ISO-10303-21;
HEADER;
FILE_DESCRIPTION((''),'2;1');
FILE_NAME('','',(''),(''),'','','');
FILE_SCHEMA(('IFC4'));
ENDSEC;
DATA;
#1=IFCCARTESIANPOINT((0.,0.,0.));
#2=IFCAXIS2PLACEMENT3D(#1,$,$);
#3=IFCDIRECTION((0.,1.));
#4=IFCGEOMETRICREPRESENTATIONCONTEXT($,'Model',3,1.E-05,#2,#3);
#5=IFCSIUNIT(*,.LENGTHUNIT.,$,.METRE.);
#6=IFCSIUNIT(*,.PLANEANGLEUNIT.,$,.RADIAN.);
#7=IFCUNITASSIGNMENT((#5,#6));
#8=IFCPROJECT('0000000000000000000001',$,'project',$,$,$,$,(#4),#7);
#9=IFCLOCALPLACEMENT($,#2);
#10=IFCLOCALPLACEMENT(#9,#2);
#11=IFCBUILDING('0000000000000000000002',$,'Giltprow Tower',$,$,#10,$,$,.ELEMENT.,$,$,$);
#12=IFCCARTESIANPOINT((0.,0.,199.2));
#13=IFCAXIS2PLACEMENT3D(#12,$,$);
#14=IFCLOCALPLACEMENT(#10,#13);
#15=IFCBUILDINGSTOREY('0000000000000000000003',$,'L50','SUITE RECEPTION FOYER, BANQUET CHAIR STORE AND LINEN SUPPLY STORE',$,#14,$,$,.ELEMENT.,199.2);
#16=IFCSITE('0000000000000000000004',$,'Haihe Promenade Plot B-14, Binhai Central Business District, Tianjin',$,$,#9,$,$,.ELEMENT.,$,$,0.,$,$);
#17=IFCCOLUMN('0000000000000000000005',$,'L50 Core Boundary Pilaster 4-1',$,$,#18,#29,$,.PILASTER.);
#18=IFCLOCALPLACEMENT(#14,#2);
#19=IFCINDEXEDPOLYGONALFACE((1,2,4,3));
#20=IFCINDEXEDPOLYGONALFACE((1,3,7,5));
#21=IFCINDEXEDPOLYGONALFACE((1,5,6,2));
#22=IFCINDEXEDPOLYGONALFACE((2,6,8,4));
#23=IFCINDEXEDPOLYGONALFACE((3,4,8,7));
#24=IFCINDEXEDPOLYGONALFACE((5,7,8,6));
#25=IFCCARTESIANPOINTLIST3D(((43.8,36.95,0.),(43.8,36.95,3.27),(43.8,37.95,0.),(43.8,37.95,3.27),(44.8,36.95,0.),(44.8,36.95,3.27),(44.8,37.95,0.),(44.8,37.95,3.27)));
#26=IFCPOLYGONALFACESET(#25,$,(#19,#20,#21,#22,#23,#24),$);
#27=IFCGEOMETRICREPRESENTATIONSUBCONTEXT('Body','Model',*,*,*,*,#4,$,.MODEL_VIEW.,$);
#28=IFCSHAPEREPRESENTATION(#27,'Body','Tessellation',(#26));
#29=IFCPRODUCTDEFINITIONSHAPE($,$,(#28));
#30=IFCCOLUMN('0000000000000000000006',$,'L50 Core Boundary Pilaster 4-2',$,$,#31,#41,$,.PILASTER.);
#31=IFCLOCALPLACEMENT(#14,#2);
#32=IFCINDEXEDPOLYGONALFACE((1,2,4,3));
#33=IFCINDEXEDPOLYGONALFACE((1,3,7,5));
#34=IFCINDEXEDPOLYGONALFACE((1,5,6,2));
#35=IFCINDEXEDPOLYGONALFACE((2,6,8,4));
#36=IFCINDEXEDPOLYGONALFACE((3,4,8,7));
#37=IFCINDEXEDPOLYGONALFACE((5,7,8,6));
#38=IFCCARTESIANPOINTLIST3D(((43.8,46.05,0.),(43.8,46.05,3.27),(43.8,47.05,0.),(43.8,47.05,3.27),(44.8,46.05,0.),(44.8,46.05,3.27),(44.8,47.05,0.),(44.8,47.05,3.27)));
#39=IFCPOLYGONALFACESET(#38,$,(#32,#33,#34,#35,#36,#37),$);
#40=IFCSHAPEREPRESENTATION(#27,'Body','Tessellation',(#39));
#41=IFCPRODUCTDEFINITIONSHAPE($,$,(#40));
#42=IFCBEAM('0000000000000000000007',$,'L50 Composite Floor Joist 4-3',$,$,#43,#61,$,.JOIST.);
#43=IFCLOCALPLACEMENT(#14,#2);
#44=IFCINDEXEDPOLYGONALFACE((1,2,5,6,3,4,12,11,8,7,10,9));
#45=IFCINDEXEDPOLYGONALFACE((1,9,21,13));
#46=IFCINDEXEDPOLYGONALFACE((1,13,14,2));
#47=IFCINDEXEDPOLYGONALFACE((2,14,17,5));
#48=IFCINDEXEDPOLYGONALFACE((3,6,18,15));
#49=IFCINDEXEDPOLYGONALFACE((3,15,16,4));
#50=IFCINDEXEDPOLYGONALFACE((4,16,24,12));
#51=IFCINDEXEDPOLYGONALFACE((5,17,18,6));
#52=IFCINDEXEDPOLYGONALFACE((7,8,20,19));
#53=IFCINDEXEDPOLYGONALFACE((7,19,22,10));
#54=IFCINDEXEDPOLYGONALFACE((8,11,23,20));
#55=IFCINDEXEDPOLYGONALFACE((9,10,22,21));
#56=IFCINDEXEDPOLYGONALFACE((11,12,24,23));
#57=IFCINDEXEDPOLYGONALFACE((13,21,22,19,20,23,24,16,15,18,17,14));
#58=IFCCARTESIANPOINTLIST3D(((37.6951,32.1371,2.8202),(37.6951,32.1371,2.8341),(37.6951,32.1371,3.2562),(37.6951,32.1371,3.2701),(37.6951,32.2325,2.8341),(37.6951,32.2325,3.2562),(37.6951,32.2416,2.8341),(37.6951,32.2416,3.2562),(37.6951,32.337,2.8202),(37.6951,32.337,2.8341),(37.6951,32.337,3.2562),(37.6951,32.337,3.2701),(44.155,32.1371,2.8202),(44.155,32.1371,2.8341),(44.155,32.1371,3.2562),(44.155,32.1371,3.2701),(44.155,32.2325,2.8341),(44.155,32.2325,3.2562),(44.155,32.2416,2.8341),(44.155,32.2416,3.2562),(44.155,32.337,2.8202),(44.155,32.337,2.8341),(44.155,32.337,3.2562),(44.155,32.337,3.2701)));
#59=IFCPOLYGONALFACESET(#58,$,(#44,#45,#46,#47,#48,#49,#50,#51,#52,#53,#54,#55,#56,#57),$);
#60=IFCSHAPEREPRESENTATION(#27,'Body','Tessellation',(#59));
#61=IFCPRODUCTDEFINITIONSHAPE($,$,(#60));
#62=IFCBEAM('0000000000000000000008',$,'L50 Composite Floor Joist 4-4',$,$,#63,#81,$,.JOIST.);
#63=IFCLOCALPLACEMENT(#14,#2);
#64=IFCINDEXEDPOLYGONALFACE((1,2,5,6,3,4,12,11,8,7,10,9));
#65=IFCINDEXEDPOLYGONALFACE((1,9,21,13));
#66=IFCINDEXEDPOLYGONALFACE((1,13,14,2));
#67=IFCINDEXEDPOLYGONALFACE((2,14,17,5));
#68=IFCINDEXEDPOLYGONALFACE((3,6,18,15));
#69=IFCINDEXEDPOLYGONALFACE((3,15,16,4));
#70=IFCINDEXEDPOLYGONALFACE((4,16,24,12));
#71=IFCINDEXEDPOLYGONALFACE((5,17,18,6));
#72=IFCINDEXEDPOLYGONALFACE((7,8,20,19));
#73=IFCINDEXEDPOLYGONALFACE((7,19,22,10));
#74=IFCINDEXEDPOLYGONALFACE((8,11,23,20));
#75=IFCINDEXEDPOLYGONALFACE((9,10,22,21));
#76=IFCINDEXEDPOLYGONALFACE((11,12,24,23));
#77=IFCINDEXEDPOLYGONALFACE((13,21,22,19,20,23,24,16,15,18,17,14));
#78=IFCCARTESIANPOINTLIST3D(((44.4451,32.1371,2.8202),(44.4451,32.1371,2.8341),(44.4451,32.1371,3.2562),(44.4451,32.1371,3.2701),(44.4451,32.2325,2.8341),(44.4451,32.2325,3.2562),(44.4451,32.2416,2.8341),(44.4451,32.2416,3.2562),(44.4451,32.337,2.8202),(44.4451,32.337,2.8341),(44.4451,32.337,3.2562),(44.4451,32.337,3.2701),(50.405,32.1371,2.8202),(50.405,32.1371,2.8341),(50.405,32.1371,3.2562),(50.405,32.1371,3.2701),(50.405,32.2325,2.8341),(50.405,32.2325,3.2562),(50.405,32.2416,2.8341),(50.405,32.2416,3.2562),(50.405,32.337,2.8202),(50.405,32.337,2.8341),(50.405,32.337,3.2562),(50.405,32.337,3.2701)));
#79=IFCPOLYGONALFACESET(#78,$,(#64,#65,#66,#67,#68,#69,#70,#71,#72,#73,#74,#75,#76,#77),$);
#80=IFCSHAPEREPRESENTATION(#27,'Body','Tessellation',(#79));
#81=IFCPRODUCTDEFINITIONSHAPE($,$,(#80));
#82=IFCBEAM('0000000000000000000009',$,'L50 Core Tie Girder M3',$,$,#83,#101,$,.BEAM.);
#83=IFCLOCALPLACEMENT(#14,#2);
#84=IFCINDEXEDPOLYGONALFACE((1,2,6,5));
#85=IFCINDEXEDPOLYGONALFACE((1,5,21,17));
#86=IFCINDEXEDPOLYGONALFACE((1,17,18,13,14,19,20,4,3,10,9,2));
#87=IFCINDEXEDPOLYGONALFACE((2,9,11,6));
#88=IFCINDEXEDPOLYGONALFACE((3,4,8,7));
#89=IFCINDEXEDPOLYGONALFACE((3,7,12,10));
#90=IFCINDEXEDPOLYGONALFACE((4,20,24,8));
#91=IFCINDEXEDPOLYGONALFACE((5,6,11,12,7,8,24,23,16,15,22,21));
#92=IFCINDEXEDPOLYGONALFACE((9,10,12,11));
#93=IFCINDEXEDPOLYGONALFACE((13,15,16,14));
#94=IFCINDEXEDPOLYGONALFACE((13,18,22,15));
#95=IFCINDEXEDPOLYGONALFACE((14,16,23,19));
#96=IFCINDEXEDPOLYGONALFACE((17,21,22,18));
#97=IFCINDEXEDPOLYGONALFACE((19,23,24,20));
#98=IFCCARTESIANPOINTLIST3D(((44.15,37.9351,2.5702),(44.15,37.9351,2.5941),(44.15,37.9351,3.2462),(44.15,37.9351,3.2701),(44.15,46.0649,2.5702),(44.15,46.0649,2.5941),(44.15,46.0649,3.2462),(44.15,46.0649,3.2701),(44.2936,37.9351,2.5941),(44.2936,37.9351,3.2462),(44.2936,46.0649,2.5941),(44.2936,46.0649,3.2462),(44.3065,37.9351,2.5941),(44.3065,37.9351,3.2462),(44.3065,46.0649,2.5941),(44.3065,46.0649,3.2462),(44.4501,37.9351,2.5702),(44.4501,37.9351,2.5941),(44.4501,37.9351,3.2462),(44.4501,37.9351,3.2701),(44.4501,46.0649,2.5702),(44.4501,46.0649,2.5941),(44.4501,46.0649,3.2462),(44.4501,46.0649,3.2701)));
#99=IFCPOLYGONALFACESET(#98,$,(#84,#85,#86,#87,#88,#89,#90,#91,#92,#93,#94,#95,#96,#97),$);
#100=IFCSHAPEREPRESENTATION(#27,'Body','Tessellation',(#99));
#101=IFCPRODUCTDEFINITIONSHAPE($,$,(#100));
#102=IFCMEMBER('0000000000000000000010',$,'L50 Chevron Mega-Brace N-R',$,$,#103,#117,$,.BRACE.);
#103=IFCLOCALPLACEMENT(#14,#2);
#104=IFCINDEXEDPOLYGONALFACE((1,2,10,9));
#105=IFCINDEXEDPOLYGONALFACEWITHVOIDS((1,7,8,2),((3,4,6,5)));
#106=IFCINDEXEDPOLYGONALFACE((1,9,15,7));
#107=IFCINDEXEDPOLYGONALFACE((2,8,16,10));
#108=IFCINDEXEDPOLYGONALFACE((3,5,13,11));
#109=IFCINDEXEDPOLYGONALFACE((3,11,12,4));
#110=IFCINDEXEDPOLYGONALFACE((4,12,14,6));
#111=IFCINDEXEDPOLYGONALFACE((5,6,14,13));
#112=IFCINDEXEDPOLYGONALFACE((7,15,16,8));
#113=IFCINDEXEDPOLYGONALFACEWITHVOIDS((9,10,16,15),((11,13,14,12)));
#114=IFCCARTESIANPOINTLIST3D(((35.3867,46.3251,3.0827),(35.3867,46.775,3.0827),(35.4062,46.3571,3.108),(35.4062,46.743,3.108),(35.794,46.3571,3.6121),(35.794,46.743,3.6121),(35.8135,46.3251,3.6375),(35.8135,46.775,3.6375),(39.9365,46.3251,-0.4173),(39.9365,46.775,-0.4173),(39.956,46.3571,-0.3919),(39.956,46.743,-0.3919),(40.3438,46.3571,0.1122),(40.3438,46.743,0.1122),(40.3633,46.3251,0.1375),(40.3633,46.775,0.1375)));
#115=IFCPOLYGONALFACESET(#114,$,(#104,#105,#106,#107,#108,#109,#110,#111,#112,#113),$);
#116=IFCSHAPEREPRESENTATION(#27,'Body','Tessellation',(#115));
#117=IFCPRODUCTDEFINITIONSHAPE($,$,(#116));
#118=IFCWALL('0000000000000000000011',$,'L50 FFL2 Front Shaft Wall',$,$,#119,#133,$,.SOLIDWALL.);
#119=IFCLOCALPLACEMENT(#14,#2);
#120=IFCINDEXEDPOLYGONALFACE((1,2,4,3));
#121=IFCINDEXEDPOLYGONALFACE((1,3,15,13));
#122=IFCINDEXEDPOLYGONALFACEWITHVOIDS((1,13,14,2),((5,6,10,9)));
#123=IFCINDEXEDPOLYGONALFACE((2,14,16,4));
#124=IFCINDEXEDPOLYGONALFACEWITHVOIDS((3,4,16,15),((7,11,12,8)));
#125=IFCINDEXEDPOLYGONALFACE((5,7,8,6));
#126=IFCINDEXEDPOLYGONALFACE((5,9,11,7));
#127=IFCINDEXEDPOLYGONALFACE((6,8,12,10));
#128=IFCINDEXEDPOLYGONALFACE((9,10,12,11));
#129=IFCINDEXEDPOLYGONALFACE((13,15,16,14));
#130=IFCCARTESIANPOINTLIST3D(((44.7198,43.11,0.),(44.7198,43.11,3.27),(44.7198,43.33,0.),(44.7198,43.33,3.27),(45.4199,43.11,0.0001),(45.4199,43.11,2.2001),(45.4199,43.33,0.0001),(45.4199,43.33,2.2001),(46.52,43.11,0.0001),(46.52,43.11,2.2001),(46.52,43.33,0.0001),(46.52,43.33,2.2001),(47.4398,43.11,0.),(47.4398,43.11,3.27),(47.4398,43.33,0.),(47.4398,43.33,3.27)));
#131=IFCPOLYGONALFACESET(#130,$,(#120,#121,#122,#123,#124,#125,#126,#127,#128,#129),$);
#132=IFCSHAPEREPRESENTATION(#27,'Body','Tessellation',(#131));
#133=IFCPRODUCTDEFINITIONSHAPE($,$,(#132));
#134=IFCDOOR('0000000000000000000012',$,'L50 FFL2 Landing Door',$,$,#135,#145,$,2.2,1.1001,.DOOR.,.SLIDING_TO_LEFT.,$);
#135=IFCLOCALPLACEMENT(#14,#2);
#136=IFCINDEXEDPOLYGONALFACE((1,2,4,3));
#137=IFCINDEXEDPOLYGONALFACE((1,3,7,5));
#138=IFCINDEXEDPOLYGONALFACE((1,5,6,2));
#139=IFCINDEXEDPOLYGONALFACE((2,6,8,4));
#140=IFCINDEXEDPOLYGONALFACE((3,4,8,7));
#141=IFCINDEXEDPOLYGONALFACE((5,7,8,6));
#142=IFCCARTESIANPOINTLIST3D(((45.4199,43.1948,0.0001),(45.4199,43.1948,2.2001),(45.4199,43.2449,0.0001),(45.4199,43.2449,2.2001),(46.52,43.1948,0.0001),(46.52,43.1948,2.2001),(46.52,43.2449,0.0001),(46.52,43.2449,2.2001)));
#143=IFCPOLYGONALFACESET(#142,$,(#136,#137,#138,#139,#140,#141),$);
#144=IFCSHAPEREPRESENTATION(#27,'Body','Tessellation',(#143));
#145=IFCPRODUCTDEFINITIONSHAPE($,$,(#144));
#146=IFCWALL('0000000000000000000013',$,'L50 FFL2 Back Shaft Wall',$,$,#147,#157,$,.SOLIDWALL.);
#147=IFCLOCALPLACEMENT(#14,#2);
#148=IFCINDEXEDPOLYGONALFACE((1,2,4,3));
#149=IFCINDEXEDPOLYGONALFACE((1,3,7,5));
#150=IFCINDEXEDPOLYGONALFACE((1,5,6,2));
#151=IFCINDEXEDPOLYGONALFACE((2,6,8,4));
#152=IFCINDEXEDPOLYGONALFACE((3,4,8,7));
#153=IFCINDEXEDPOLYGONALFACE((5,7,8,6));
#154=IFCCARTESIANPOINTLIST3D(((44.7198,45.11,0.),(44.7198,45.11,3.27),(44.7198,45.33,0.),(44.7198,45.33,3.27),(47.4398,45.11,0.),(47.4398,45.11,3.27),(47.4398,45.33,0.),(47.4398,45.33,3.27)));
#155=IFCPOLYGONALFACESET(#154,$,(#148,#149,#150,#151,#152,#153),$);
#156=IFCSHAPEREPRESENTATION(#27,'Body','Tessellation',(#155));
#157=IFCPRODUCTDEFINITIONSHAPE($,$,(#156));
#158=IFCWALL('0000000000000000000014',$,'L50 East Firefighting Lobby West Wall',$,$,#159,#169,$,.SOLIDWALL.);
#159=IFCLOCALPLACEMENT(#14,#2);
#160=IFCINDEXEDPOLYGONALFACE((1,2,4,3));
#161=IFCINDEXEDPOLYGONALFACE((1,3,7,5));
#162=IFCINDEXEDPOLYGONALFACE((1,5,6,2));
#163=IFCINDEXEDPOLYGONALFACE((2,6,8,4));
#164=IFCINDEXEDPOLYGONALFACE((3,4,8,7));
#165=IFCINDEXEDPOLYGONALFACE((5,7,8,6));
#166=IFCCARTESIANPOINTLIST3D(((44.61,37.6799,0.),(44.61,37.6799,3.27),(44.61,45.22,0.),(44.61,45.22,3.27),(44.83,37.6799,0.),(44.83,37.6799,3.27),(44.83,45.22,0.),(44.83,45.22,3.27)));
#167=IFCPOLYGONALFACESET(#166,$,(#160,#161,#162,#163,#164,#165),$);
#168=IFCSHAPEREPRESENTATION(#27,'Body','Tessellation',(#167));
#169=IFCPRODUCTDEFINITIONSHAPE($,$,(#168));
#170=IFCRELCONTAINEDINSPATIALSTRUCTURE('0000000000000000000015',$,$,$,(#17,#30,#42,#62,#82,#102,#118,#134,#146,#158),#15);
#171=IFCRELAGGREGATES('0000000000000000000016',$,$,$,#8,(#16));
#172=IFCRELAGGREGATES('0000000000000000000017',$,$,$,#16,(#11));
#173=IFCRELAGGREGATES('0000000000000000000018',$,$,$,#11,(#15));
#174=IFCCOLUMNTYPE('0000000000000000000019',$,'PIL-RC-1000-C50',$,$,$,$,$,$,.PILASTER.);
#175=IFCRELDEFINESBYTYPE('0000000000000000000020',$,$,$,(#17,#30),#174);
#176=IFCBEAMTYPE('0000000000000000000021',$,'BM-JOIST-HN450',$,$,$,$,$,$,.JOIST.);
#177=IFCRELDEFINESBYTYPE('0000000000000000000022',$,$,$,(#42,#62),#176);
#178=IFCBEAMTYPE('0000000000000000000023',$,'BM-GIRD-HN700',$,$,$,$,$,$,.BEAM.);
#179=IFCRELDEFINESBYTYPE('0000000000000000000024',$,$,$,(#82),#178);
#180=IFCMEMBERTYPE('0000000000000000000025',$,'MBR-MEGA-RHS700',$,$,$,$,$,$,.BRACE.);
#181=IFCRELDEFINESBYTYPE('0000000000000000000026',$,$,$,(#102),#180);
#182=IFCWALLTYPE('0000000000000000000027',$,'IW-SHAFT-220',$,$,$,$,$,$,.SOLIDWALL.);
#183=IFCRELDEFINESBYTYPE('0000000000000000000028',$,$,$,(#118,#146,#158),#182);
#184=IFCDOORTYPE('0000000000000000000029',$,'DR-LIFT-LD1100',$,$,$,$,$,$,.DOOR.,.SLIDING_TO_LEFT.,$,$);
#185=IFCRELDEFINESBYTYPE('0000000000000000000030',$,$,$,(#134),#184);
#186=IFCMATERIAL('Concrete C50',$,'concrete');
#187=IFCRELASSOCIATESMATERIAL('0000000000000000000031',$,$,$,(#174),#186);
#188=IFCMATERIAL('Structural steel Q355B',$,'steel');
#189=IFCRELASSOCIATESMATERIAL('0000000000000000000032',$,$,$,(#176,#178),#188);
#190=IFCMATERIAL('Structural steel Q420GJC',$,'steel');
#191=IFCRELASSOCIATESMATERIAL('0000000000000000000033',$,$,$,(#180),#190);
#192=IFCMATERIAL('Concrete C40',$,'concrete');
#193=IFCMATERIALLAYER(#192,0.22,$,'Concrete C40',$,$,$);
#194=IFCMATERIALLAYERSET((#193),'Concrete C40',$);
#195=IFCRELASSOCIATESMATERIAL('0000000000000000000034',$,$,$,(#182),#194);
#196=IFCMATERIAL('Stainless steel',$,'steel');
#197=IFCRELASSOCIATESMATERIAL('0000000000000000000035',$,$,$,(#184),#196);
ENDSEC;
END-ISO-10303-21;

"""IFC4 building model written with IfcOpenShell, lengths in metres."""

from ifc_helpers import new_model, si_unit, direction, frame, frame_2d, origin, origin_2d, place, context, subcontext, project, spatial, rectangle, hollow_rectangle, i_section, extrude, source, transform, mapped, material, layer, layer_set, material_profile, profile_set, type_object, element, fill, save


model = new_model("IFC4")

# Units and contexts
model_context = context("Model", 3, precision=1e-05, world=origin(), true_north=direction((0.0, 1.0)))
body_context = subcontext(model_context, "Body", "Model", "MODEL_VIEW")
ifc_project = project(units=[si_unit("LENGTHUNIT", "METRE"), si_unit("PLANEANGLEUNIT", "RADIAN")], contexts=[model_context])

# Site, building, storey
site_placement = place(None, origin())
site = spatial("IfcSite", under=ifc_project, at=site_placement, Name="Haihe Promenade Plot B-14, Binhai Central Business District, Tianjin", CompositionType="ELEMENT", RefElevation=0.0)
building_placement = place(site_placement, origin())
building = spatial("IfcBuilding", under=site, at=building_placement, Name="Giltprow Tower", CompositionType="ELEMENT")
storey_placement = place(building_placement, frame((0.0, 0.0, 199.2)))
storey = spatial("IfcBuildingStorey", under=building, at=storey_placement, Name="L50", Description="SUITE RECEPTION FOYER, BANQUET CHAIR STORE AND LINEN SUPPLY STORE", CompositionType="ELEMENT", Elevation=199.2)

# Columns
ifc_material_1 = material(Name="Concrete C50", Category="concrete")
ifc_material_profile_1 = material_profile(ifc_material_1, rectangle(XDim=1.0, YDim=1.0, at=origin_2d()), Name="RC 1000x1000")
ifc_profile_set_1 = profile_set([ifc_material_profile_1], Name="Concrete C50")
column_type = type_object("IfcColumnType", Name="PIL-RC-1000-C50", PredefinedType="PILASTER", material=ifc_profile_set_1)
shared_shape_1 = source(origin(), body_context, "Body", "SweptSolid", [
    extrude(rectangle(XDim=1.0, YDim=1.0, at=origin_2d()), origin(), (0.0, 0.0, 1.0), 3.27),
])
for number, where, z_axis, x_axis, name in (
    (1, (44.3, 37.45, 0.0), (0.0, 0.0, 1.0), (1.0, 0.0, 0.0), "L50 Core Boundary Pilaster 4-1"),
    (2, (44.3, 46.55, 0.0), (0.0, 0.0, 1.0), (1.0, 0.0, 0.0), "L50 Core Boundary Pilaster 4-2"),
):
    element("IfcColumn", number, at=place(storey_placement, frame(where, z_axis=z_axis, x_axis=x_axis)), inside=storey, type_object=column_type, Name=name, PredefinedType="PILASTER", context=body_context, shape_type="MappedRepresentation", body=[
        mapped(shared_shape_1, transform((0.0, 0.0, 0.0), x_axis=(1.0, 0.0, 0.0), y_axis=(0.0, 1.0, 0.0), z_axis=(0.0, 0.0, 1.0), scale=1.0)),
    ])

# Beams
ifc_material_2 = material(Name="Structural steel Q355B", Category="steel")
ifc_material_profile_2 = material_profile(ifc_material_2, i_section(OverallWidth=0.2, OverallDepth=0.45, WebThickness=0.009, FlangeThickness=0.0139, at=origin_2d()), Name="HN 450x200x9x14")
ifc_profile_set_2 = profile_set([ifc_material_profile_2], Name="Structural steel Q355B")
beam_type_1 = type_object("IfcBeamType", Name="BM-JOIST-HN450", PredefinedType="JOIST", material=ifc_profile_set_2)
shared_shape_2 = source(origin(), body_context, "Body", "SweptSolid", [
    extrude(i_section(OverallWidth=0.2, OverallDepth=0.45, WebThickness=0.009, FlangeThickness=0.0139, at=origin_2d()), origin(), (0.0, 0.0, 1.0), 6.46),
])
beam_1_placement = place(storey_placement, frame((37.6951, 32.2371, 3.0452), z_axis=(1.0, 0.0, 0.0), x_axis=(0.0, 1.0, 0.0)))
element("IfcBeam", 3, at=beam_1_placement, inside=storey, type_object=beam_type_1, Name="L50 Composite Floor Joist 4-3", PredefinedType="JOIST", context=body_context, shape_type="MappedRepresentation", body=[
    mapped(shared_shape_2, transform((0.0, 0.0, 0.0), x_axis=(1.0, 0.0, 0.0), y_axis=(0.0, 1.0, 0.0), z_axis=(0.0, 0.0, 1.0), scale=1.0)),
])
shared_shape_3 = source(origin(), body_context, "Body", "SweptSolid", [
    extrude(i_section(OverallWidth=0.2, OverallDepth=0.45, WebThickness=0.009, FlangeThickness=0.0139, at=origin_2d()), origin(), (0.0, 0.0, 1.0), 5.96),
])
beam_2_placement = place(storey_placement, frame((44.4451, 32.2371, 3.0452), z_axis=(1.0, 0.0, 0.0), x_axis=(0.0, 1.0, 0.0)))
element("IfcBeam", 4, at=beam_2_placement, inside=storey, type_object=beam_type_1, Name="L50 Composite Floor Joist 4-4", PredefinedType="JOIST", context=body_context, shape_type="MappedRepresentation", body=[
    mapped(shared_shape_3, transform((0.0, 0.0, 0.0), x_axis=(1.0, 0.0, 0.0), y_axis=(0.0, 1.0, 0.0), z_axis=(0.0, 0.0, 1.0), scale=1.0)),
])
ifc_material_profile_3 = material_profile(ifc_material_2, i_section(OverallWidth=0.3, OverallDepth=0.7, WebThickness=0.0129, FlangeThickness=0.0239, at=origin_2d()), Name="HN 700x300x13x24")
ifc_profile_set_3 = profile_set([ifc_material_profile_3], Name="Structural steel Q355B")
beam_type_2 = type_object("IfcBeamType", Name="BM-GIRD-HN700", PredefinedType="BEAM", material=ifc_profile_set_3)
shared_shape_4 = source(origin(), body_context, "Body", "SweptSolid", [
    extrude(i_section(OverallWidth=0.3, OverallDepth=0.7, WebThickness=0.0129, FlangeThickness=0.0239, at=origin_2d()), origin(), (0.0, 0.0, 1.0), 8.1299),
])
beam_3_placement = place(storey_placement, frame((44.3, 37.9351, 2.9202), z_axis=(0.0, 1.0, 0.0), x_axis=(-1.0, 0.0, 0.0)))
element("IfcBeam", 5, at=beam_3_placement, inside=storey, type_object=beam_type_2, Name="L50 Core Tie Girder M3", PredefinedType="BEAM", context=body_context, shape_type="MappedRepresentation", body=[
    mapped(shared_shape_4, transform((0.0, 0.0, 0.0), x_axis=(1.0, 0.0, 0.0), y_axis=(0.0, 1.0, 0.0), z_axis=(0.0, 0.0, 1.0), scale=1.0)),
])

# Member
ifc_material_3 = material(Name="Structural steel Q420GJC", Category="steel")
ifc_material_profile_4 = material_profile(ifc_material_3, hollow_rectangle(XDim=0.45, YDim=0.7, WallThickness=0.032, at=origin_2d()), Name="RHS 700x450x32")
ifc_profile_set_4 = profile_set([ifc_material_profile_4], Name="Structural steel Q420GJC")
member_type = type_object("IfcMemberType", Name="MBR-MEGA-RHS700", PredefinedType="BRACE", material=ifc_profile_set_4)
shared_shape_5 = source(origin(), body_context, "Body", "SweptSolid", [
    extrude(hollow_rectangle(XDim=0.45, YDim=0.7, WallThickness=0.032, at=origin_2d()), origin(), (0.0, 0.0, 1.0), 5.7402),
])
member_placement = place(storey_placement, frame((40.1499, 46.55, -0.1399), z_axis=(-0.792611, 0.0, 0.609727), x_axis=(0.0, -1.0, 0.0)))
element("IfcMember", 6, at=member_placement, inside=storey, type_object=member_type, Name="L50 Chevron Mega-Brace N-R", PredefinedType="BRACE", context=body_context, shape_type="MappedRepresentation", body=[
    mapped(shared_shape_5, transform((0.0, 0.0, 0.0), x_axis=(1.0, 0.0, 0.0), y_axis=(0.0, 1.0, 0.0), z_axis=(0.0, 0.0, 1.0), scale=1.0)),
])

# Wall, opening, door
ifc_material_4 = material(Name="Concrete C40", Category="concrete")
ifc_layer_1 = layer(ifc_material_4, 0.22, Name="Concrete C40")
ifc_layer_set_1 = layer_set([ifc_layer_1], Name="Concrete C40")
wall_type_1 = type_object("IfcWallType", Name="IW-SHAFT-220", PredefinedType="SOLIDWALL", material=ifc_layer_set_1)
wall_1_placement = place(storey_placement, frame((44.72, 43.22, 0.0), z_axis=(0.0, 0.0, 1.0), x_axis=(1.0, 0.0, 0.0)))
wall_1 = element("IfcWall", 7, at=wall_1_placement, inside=storey, type_object=wall_type_1, Name="L50 FFL2 Front Shaft Wall", PredefinedType="SOLIDWALL", context=body_context, shape_type="SweptSolid", body=[
    extrude(rectangle(XDim=2.72, YDim=0.22, at=frame_2d((1.3599, 0.0))), origin(), (0.0, 0.0, 1.0), 3.27),
])
opening_1_placement = place(wall_1_placement, frame((0.7, 0.0, 0.0)))
opening_1 = element("IfcOpeningElement", 8, at=opening_1_placement, cuts=wall_1, PredefinedType="OPENING", context=body_context, shape_type="SweptSolid", body=[
    extrude(rectangle(XDim=1.1001, YDim=2.2, at=frame_2d((0.55, 1.1001))), frame((0.0, 0.1199, 0.0), z_axis=(0.0, -1.0, 0.0), x_axis=(1.0, 0.0, 0.0)), (0.0, 0.0, 1.0), 0.24),
])
ifc_material_5 = material(Name="Stainless steel", Category="steel")
door_type_1 = type_object("IfcDoorType", Name="DR-LIFT-LD1100", OperationType="SLIDING_TO_LEFT", PredefinedType="DOOR", material=ifc_material_5)
shared_shape_6 = source(origin(), body_context, "Body", "SweptSolid", [
    extrude(rectangle(XDim=1.1001, YDim=2.2, at=frame_2d((0.55, 1.1001))), frame((0.0, 0.0249, 0.0), z_axis=(0.0, -1.0, 0.0), x_axis=(1.0, 0.0, 0.0)), (0.0, 0.0, 1.0), 0.05),
])
door_1_placement = place(opening_1_placement, origin())
door_1 = element("IfcDoor", 9, at=door_1_placement, inside=storey, type_object=door_type_1, Name="L50 FFL2 Landing Door", OperationType="SLIDING_TO_LEFT", OverallHeight=2.2, OverallWidth=1.1001, PredefinedType="DOOR", context=body_context, shape_type="MappedRepresentation", body=[
    mapped(shared_shape_6, transform((0.0, 0.0, 0.0), x_axis=(1.0, 0.0, 0.0), y_axis=(0.0, 1.0, 0.0), z_axis=(0.0, 0.0, 1.0), scale=1.0)),
])
fill(opening_1, door_1)

# Walls
wall_2_placement = place(storey_placement, frame((44.72, 45.22, 0.0), z_axis=(0.0, 0.0, 1.0), x_axis=(1.0, 0.0, 0.0)))
element("IfcWall", 10, at=wall_2_placement, inside=storey, type_object=wall_type_1, Name="L50 FFL2 Back Shaft Wall", PredefinedType="SOLIDWALL", context=body_context, shape_type="SweptSolid", body=[
    extrude(rectangle(XDim=2.72, YDim=0.22, at=frame_2d((1.3599, 0.0))), origin(), (0.0, 0.0, 1.0), 3.27),
])
wall_3_placement = place(storey_placement, frame((44.72, 37.6799, 0.0), z_axis=(0.0, 0.0, 1.0), x_axis=(0.0, 1.0, 0.0)))
element("IfcWall", 11, at=wall_3_placement, inside=storey, type_object=wall_type_1, Name="L50 East Firefighting Lobby West Wall", PredefinedType="SOLIDWALL", context=body_context, shape_type="SweptSolid", body=[
    extrude(rectangle(XDim=7.54, YDim=0.22, at=frame_2d((3.77, 0.0))), origin(), (0.0, 0.0, 1.0), 3.27),
])

save(model, "model.ifc")
